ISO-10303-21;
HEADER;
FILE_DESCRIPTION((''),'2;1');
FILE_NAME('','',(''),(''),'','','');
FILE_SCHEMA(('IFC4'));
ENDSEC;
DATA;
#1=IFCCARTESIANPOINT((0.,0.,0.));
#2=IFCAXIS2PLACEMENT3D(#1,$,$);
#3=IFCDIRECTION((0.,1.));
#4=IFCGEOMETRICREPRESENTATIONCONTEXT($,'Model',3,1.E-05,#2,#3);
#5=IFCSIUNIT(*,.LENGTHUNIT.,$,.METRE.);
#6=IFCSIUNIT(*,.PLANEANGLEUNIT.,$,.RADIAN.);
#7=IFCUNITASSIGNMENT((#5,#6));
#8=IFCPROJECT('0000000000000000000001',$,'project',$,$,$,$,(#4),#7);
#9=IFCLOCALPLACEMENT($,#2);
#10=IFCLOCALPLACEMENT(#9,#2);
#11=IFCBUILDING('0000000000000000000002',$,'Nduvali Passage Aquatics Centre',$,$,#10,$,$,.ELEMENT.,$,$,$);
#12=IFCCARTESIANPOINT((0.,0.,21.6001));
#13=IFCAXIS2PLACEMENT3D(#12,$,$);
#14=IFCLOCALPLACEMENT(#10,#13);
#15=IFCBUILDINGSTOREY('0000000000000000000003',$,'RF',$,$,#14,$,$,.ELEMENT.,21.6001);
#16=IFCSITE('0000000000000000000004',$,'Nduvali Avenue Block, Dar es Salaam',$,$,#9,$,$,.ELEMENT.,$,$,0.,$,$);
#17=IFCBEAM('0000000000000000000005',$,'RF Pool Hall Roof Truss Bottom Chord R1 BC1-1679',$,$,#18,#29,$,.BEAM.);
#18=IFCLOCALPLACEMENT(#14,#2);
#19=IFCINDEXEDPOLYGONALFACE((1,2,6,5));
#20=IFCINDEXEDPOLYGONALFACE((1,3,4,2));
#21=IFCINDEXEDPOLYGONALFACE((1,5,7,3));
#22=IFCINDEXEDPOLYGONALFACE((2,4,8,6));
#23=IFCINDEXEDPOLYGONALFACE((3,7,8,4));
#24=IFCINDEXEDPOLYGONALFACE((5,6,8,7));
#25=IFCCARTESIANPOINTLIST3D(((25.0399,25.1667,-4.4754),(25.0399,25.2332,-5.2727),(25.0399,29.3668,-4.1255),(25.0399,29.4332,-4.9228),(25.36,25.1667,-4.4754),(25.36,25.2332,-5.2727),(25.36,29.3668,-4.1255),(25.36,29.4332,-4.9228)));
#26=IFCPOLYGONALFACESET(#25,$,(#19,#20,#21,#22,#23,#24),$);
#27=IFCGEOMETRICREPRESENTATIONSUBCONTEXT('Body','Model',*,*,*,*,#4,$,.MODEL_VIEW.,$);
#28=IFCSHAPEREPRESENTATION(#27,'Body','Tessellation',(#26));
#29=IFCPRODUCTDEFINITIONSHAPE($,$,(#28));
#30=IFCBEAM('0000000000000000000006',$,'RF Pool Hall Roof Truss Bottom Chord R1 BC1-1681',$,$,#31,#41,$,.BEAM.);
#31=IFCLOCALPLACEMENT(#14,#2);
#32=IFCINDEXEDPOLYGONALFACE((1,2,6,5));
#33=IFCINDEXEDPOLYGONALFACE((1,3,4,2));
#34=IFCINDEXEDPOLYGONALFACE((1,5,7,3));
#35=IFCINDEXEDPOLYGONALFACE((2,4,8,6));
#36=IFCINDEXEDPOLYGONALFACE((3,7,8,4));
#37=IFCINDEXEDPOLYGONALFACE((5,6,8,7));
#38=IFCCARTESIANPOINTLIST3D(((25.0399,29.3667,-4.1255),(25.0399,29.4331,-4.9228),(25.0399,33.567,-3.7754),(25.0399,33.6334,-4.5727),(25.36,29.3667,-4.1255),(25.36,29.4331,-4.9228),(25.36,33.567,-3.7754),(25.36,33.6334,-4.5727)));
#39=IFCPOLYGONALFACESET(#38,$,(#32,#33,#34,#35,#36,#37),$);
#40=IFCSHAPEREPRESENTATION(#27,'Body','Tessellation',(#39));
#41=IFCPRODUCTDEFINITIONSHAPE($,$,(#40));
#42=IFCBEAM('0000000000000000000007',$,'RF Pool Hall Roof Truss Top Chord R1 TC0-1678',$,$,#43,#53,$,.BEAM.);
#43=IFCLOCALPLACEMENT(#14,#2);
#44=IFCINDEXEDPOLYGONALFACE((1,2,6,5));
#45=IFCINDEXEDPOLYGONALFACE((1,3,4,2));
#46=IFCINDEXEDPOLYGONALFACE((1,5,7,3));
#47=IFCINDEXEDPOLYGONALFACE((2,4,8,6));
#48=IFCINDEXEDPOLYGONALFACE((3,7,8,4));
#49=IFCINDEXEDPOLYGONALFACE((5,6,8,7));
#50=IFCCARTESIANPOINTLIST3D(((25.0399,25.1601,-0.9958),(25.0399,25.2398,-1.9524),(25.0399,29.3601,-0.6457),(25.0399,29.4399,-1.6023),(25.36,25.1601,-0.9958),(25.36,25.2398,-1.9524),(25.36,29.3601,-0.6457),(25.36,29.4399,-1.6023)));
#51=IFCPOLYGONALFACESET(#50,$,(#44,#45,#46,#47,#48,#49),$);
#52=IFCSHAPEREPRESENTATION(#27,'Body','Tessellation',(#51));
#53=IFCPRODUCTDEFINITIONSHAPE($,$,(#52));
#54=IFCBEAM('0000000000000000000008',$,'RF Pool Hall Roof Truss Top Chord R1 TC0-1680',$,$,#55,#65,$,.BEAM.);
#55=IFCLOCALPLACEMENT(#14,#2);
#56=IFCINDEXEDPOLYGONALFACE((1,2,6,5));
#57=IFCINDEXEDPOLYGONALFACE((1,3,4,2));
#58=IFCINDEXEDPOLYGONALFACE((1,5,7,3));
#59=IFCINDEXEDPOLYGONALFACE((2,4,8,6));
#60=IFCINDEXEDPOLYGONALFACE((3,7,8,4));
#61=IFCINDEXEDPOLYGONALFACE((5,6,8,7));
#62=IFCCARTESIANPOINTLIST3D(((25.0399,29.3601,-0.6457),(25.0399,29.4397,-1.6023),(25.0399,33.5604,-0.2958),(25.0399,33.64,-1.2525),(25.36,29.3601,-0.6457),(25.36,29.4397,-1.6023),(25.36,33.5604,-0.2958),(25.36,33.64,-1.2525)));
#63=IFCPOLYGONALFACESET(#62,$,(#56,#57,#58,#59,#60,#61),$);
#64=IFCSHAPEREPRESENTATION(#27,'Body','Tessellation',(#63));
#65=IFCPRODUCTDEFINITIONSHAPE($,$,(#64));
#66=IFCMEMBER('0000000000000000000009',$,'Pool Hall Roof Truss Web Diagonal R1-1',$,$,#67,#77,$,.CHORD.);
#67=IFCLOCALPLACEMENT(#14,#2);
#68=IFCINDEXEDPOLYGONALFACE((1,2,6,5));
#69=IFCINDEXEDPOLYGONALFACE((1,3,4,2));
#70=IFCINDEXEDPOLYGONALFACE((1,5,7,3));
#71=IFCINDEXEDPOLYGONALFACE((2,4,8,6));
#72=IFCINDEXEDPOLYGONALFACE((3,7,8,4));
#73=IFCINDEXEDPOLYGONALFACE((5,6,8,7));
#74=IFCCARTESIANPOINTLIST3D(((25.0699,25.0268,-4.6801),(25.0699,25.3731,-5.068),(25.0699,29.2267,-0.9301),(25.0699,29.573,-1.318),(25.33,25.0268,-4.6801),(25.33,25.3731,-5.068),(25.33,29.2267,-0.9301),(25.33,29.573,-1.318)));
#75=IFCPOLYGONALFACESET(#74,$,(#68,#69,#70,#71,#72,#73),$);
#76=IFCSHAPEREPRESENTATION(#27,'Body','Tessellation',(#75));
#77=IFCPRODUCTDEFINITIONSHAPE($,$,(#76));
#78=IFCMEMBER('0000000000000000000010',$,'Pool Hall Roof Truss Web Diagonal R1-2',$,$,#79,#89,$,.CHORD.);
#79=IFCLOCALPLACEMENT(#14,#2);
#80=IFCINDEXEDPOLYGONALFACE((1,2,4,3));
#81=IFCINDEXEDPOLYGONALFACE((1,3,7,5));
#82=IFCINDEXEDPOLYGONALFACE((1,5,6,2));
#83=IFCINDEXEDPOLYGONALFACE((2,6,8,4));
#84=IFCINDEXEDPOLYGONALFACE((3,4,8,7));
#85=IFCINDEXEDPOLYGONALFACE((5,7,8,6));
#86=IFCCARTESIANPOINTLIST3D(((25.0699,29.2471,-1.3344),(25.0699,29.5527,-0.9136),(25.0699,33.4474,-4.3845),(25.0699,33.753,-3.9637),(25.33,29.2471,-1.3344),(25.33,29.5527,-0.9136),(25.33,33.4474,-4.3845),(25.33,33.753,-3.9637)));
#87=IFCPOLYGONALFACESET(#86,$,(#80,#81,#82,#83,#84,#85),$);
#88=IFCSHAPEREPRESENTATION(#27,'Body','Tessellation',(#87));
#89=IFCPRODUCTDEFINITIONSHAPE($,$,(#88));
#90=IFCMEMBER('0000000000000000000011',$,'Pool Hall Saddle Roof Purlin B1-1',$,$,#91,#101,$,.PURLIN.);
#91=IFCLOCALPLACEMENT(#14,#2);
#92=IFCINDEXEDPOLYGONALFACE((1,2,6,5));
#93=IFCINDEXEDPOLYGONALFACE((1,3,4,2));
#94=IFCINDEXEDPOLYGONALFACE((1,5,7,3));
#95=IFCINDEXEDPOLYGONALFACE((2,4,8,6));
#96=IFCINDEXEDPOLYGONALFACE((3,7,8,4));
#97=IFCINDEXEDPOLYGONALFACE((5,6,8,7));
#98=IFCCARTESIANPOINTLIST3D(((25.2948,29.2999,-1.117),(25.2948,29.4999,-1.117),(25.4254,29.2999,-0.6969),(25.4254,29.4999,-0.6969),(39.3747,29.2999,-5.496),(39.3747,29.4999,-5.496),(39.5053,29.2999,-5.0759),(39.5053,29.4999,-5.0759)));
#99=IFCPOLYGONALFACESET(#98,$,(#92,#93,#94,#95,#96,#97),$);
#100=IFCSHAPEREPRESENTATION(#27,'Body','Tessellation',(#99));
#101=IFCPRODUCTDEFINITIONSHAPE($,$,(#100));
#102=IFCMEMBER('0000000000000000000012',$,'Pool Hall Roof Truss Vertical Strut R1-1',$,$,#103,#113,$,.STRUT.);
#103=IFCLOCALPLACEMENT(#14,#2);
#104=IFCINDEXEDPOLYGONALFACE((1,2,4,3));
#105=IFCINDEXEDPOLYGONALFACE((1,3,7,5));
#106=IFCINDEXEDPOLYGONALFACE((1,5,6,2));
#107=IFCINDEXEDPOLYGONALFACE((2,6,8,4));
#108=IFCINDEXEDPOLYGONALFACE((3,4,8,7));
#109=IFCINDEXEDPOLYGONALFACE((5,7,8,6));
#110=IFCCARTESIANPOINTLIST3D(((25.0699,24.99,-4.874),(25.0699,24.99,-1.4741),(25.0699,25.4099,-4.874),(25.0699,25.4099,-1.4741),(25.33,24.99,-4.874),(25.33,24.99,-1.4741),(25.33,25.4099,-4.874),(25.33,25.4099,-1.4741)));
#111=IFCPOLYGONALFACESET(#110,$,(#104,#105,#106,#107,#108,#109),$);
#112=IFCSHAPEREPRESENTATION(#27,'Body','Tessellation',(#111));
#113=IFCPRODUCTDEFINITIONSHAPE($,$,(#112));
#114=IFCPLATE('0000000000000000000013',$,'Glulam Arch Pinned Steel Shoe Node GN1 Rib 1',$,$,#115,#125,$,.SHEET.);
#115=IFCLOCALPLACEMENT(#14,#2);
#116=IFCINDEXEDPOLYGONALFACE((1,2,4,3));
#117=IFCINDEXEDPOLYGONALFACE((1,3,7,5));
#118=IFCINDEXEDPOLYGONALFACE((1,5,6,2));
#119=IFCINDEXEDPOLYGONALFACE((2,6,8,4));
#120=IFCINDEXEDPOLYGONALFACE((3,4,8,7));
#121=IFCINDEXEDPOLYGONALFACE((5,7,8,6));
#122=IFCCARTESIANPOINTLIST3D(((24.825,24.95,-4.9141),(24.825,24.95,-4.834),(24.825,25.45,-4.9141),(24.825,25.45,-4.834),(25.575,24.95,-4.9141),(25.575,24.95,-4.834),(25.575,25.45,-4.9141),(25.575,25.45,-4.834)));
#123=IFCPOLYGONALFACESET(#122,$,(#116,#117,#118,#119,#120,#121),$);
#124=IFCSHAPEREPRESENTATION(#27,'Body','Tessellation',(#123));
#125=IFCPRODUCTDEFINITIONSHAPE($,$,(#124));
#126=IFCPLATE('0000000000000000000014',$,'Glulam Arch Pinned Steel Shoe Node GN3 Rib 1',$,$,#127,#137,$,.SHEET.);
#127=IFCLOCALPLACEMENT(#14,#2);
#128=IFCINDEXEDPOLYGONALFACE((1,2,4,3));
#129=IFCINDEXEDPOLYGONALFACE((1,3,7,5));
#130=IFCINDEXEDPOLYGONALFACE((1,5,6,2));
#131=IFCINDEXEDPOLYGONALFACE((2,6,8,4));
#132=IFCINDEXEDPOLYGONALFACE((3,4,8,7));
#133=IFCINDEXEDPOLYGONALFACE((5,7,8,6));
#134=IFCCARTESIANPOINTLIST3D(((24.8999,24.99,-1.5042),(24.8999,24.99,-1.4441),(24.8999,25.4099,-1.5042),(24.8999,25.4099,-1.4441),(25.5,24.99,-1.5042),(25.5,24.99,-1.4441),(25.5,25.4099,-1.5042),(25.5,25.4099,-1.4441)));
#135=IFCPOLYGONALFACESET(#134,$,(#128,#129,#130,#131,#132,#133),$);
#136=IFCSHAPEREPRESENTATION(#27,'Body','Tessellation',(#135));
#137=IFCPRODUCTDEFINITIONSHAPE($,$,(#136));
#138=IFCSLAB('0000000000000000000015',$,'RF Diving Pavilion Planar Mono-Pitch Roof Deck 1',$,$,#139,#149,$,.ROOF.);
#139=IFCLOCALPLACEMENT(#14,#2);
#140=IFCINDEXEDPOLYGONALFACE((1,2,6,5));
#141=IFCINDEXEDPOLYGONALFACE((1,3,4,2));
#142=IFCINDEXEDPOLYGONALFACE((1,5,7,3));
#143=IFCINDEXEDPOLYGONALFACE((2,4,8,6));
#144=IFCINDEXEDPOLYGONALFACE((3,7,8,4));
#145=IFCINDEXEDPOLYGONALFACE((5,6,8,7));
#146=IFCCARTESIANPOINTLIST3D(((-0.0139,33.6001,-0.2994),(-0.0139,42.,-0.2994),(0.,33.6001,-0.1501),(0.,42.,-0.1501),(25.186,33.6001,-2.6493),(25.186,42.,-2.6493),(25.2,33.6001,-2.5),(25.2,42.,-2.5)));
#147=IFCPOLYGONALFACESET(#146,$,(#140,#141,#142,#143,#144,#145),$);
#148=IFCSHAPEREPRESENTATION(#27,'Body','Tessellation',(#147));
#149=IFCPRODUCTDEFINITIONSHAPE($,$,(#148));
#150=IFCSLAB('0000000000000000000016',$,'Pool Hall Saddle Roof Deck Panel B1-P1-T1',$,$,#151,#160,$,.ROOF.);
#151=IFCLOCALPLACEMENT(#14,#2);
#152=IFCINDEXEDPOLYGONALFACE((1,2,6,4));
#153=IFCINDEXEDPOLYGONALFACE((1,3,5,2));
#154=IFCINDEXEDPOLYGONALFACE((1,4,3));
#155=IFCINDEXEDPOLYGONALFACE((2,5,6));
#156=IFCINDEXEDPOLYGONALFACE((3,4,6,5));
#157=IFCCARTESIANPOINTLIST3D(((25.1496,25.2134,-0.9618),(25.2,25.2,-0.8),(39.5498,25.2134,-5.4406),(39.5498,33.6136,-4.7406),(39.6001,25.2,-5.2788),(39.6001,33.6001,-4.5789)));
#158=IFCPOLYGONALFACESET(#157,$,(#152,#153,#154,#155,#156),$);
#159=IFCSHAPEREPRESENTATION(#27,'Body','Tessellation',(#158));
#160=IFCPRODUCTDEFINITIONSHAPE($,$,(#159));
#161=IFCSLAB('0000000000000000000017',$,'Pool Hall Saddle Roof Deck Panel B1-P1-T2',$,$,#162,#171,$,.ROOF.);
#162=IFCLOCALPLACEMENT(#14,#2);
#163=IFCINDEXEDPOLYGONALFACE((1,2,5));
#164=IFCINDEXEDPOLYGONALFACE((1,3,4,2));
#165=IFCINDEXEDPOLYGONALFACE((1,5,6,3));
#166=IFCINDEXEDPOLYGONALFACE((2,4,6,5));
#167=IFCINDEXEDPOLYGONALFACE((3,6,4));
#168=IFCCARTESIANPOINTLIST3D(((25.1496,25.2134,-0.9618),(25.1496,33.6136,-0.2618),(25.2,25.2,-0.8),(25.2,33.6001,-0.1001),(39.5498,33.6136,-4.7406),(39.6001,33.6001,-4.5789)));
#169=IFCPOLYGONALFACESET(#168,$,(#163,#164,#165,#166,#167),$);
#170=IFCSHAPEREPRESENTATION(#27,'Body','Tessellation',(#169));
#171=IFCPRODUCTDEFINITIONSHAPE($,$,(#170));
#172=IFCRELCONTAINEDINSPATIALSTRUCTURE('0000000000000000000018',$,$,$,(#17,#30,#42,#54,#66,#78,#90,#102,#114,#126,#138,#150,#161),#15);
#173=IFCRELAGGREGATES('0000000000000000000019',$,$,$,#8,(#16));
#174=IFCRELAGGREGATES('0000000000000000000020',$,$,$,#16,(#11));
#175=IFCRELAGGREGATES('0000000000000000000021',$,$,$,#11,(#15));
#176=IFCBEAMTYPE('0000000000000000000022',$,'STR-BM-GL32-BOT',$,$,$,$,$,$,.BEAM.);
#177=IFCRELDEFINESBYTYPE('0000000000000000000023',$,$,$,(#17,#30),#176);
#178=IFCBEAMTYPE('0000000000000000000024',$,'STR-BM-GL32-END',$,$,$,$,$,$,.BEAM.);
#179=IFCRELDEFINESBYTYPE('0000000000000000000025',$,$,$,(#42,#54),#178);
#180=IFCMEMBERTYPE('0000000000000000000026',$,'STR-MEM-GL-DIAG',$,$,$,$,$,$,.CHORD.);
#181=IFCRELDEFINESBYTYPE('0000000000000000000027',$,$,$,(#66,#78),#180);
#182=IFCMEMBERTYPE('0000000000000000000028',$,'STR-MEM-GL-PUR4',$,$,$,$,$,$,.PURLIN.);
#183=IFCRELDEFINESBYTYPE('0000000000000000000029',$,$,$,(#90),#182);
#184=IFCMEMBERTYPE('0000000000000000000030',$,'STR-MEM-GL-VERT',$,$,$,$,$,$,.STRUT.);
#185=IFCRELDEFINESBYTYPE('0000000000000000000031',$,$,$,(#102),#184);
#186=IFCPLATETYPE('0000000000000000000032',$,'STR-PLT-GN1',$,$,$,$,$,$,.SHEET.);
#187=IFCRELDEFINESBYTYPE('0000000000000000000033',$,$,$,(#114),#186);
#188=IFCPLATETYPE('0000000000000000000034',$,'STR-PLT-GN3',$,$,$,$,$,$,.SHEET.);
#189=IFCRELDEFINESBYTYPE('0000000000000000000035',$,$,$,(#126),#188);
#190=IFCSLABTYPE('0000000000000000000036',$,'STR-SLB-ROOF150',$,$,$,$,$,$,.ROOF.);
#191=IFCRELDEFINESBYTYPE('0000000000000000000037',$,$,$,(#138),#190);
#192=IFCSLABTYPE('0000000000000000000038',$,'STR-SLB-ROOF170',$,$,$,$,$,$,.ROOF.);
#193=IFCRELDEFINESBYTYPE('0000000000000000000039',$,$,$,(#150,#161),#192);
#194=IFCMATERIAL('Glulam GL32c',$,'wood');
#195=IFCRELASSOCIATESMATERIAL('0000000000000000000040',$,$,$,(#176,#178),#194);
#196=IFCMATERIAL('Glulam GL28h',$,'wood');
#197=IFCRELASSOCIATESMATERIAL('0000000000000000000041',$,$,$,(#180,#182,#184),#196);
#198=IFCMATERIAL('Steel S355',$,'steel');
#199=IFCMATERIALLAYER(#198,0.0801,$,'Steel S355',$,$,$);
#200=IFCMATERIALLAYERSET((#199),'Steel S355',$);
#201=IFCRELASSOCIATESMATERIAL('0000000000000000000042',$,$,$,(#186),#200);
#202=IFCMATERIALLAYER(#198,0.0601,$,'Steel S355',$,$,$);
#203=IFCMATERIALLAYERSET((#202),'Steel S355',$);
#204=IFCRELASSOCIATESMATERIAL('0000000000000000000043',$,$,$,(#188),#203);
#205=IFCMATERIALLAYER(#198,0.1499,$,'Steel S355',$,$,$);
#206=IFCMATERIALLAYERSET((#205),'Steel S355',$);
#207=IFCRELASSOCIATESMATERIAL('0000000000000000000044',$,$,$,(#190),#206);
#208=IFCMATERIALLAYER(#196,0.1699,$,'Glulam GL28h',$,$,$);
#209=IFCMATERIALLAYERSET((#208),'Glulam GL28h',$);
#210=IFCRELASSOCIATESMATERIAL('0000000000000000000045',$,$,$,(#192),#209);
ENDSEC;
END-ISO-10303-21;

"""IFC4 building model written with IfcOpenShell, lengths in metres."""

from ifc_helpers import new_model, si_unit, direction, frame, origin, origin_2d, place, context, subcontext, project, spatial, polyline, rectangle, outline, extrude, material, layer, layer_set, material_profile, profile_set, type_object, element, save


model = new_model("IFC4")

# Units and contexts
model_context = context("Model", 3, precision=1e-05, world=origin(), true_north=direction((0.0, 1.0)))
body_context = subcontext(model_context, "Body", "Model", "MODEL_VIEW")
ifc_project = project(units=[si_unit("LENGTHUNIT", "METRE"), si_unit("PLANEANGLEUNIT", "RADIAN")], contexts=[model_context])

# Site, building, storey
site_placement = place(None, origin())
site = spatial("IfcSite", under=ifc_project, at=site_placement, Name="Nduvali Avenue Block, Dar es Salaam", CompositionType="ELEMENT", RefElevation=0.0)
building_placement = place(site_placement, origin())
building = spatial("IfcBuilding", under=site, at=building_placement, Name="Nduvali Passage Aquatics Centre", CompositionType="ELEMENT")
storey_placement = place(building_placement, frame((0.0, 0.0, 21.6001)))
storey = spatial("IfcBuildingStorey", under=building, at=storey_placement, Name="RF", CompositionType="ELEMENT", Elevation=21.6001)

# Beams
ifc_material_1 = material(Name="Glulam GL32c", Category="wood")
ifc_material_profile_1 = material_profile(ifc_material_1, rectangle(XDim=0.3201, YDim=0.8, at=origin_2d()), Name="GL32c 320x800")
ifc_profile_set_1 = profile_set([ifc_material_profile_1], Name="Glulam GL32c")
beam_type_1 = type_object("IfcBeamType", Name="STR-BM-GL32-BOT", PredefinedType="BEAM", material=ifc_profile_set_1)
beam_1_placement = place(storey_placement, frame((25.2, 25.2, -4.874), z_axis=(0.0, 0.996549, 0.083012), x_axis=(-1.0, 0.0, 0.0)))
element("IfcBeam", 1, at=beam_1_placement, inside=storey, type_object=beam_type_1, Name="RF Pool Hall Roof Truss Bottom Chord R1 BC1-1679", PredefinedType="BEAM", context=body_context, shape_type="SweptSolid", body=[
    extrude(rectangle(XDim=0.3201, YDim=0.8, at=origin_2d()), origin(), (0.0, 0.0, 1.0), 4.2146),
])
beam_2_placement = place(storey_placement, frame((25.2, 29.3999, -4.5242), z_axis=(0.0, 0.996544, 0.083065), x_axis=(-1.0, 0.0, 0.0)))
element("IfcBeam", 2, at=beam_2_placement, inside=storey, type_object=beam_type_1, Name="RF Pool Hall Roof Truss Bottom Chord R1 BC1-1681", PredefinedType="BEAM", context=body_context, shape_type="SweptSolid", body=[
    extrude(rectangle(XDim=0.3201, YDim=0.8, at=origin_2d()), origin(), (0.0, 0.0, 1.0), 4.2148),
])
ifc_material_profile_2 = material_profile(ifc_material_1, rectangle(XDim=0.3201, YDim=0.96, at=origin_2d()), Name="GL32c 320x960")
ifc_profile_set_2 = profile_set([ifc_material_profile_2], Name="Glulam GL32c")
beam_type_2 = type_object("IfcBeamType", Name="STR-BM-GL32-END", PredefinedType="BEAM", material=ifc_profile_set_2)
beam_3_placement = place(storey_placement, frame((25.2, 25.2, -1.4741), z_axis=(0.0, 0.996544, 0.083069), x_axis=(-1.0, 0.0, 0.0)))
element("IfcBeam", 3, at=beam_3_placement, inside=storey, type_object=beam_type_2, Name="RF Pool Hall Roof Truss Top Chord R1 TC0-1678", PredefinedType="BEAM", context=body_context, shape_type="SweptSolid", body=[
    extrude(rectangle(XDim=0.3201, YDim=0.96, at=origin_2d()), origin(), (0.0, 0.0, 1.0), 4.2146),
])
beam_4_placement = place(storey_placement, frame((25.2, 29.3999, -1.124), z_axis=(0.0, 0.996549, 0.083007), x_axis=(-1.0, 0.0, 0.0)))
element("IfcBeam", 4, at=beam_4_placement, inside=storey, type_object=beam_type_2, Name="RF Pool Hall Roof Truss Top Chord R1 TC0-1680", PredefinedType="BEAM", context=body_context, shape_type="SweptSolid", body=[
    extrude(rectangle(XDim=0.3201, YDim=0.96, at=origin_2d()), origin(), (0.0, 0.0, 1.0), 4.2148),
])

# Members
ifc_material_2 = material(Name="Glulam GL28h", Category="wood")
ifc_material_profile_3 = material_profile(ifc_material_2, rectangle(XDim=0.26, YDim=0.52, at=origin_2d()), Name="GL28h 260x520")
ifc_profile_set_3 = profile_set([ifc_material_profile_3], Name="Glulam GL28h")
member_type_1 = type_object("IfcMemberType", Name="STR-MEM-GL-DIAG", PredefinedType="CHORD", material=ifc_profile_set_3)
member_1_placement = place(storey_placement, frame((25.2, 25.2, -4.874), z_axis=(0.0, 0.745934, 0.66602), x_axis=(-1.0, 0.0, 0.0)))
element("IfcMember", 5, at=member_1_placement, inside=storey, type_object=member_type_1, Name="Pool Hall Roof Truss Web Diagonal R1-1", PredefinedType="CHORD", context=body_context, shape_type="SweptSolid", body=[
    extrude(rectangle(XDim=0.26, YDim=0.52, at=origin_2d()), origin(), (0.0, 0.0, 1.0), 5.6304),
])
member_2_placement = place(storey_placement, frame((25.2, 29.3999, -1.124), z_axis=(0.0, 0.809161, -0.587587), x_axis=(-1.0, 0.0, 0.0)))
element("IfcMember", 6, at=member_2_placement, inside=storey, type_object=member_type_1, Name="Pool Hall Roof Truss Web Diagonal R1-2", PredefinedType="CHORD", context=body_context, shape_type="SweptSolid", body=[
    extrude(rectangle(XDim=0.26, YDim=0.52, at=origin_2d()), origin(), (0.0, 0.0, 1.0), 5.1909),
])
ifc_material_profile_4 = material_profile(ifc_material_2, rectangle(XDim=0.2, YDim=0.4399, at=origin_2d()), Name="GL28h 200x440")
ifc_profile_set_4 = profile_set([ifc_material_profile_4], Name="Glulam GL28h")
member_type_2 = type_object("IfcMemberType", Name="STR-MEM-GL-PUR4", PredefinedType="PURLIN", material=ifc_profile_set_4)
member_3_placement = place(storey_placement, frame((25.3601, 29.3999, -0.907), z_axis=(0.954885, 0.0, -0.296975), x_axis=(0.0, 1.0, 0.0)))
element("IfcMember", 7, at=member_3_placement, inside=storey, type_object=member_type_2, Name="Pool Hall Saddle Roof Purlin B1-1", PredefinedType="PURLIN", context=body_context, shape_type="SweptSolid", body=[
    extrude(rectangle(XDim=0.2, YDim=0.4399, at=origin_2d()), origin(), (0.0, 0.0, 1.0), 14.7451),
])
ifc_material_profile_5 = material_profile(ifc_material_2, rectangle(XDim=0.26, YDim=0.4199, at=origin_2d()), Name="GL28h 260x420")
ifc_profile_set_5 = profile_set([ifc_material_profile_5], Name="Glulam GL28h")
member_type_3 = type_object("IfcMemberType", Name="STR-MEM-GL-VERT", PredefinedType="STRUT", material=ifc_profile_set_5)
member_4_placement = place(storey_placement, frame((25.2, 25.2, -4.874), z_axis=(0.0, 0.0, 1.0), x_axis=(1.0, 0.0, 0.0)))
element("IfcMember", 8, at=member_4_placement, inside=storey, type_object=member_type_3, Name="Pool Hall Roof Truss Vertical Strut R1-1", PredefinedType="STRUT", context=body_context, shape_type="SweptSolid", body=[
    extrude(rectangle(XDim=0.26, YDim=0.4199, at=origin_2d()), origin(), (0.0, 0.0, 1.0), 3.3999),
])

# Plates
ifc_material_3 = material(Name="Steel S355", Category="steel")
ifc_layer_1 = layer(ifc_material_3, 0.0801, Name="Steel S355")
ifc_layer_set_1 = layer_set([ifc_layer_1], Name="Steel S355")
plate_type_1 = type_object("IfcPlateType", Name="STR-PLT-GN1", PredefinedType="SHEET", material=ifc_layer_set_1)
plate_1_placement = place(storey_placement, frame((25.2, 25.2, -4.9141), z_axis=(0.0, 0.0, 1.0), x_axis=(1.0, 0.0, 0.0)))
element("IfcPlate", 9, at=plate_1_placement, inside=storey, type_object=plate_type_1, Name="Glulam Arch Pinned Steel Shoe Node GN1 Rib 1", PredefinedType="SHEET", context=body_context, shape_type="SweptSolid", body=[
    extrude(rectangle(XDim=0.75, YDim=0.5, at=origin_2d()), origin(), (0.0, 0.0, 1.0), 0.0801),
])
ifc_layer_2 = layer(ifc_material_3, 0.0601, Name="Steel S355")
ifc_layer_set_2 = layer_set([ifc_layer_2], Name="Steel S355")
plate_type_2 = type_object("IfcPlateType", Name="STR-PLT-GN3", PredefinedType="SHEET", material=ifc_layer_set_2)
plate_2_placement = place(storey_placement, frame((25.2, 25.2, -1.5042), z_axis=(0.0, 0.0, 1.0), x_axis=(1.0, 0.0, 0.0)))
element("IfcPlate", 10, at=plate_2_placement, inside=storey, type_object=plate_type_2, Name="Glulam Arch Pinned Steel Shoe Node GN3 Rib 1", PredefinedType="SHEET", context=body_context, shape_type="SweptSolid", body=[
    extrude(rectangle(XDim=0.6001, YDim=0.4199, at=origin_2d()), origin(), (0.0, 0.0, 1.0), 0.0601),
])

# Slabs
ifc_layer_3 = layer(ifc_material_3, 0.1499, Name="Steel S355")
ifc_layer_set_3 = layer_set([ifc_layer_3], Name="Steel S355")
slab_type_1 = type_object("IfcSlabType", Name="STR-SLB-ROOF150", PredefinedType="ROOF", material=ifc_layer_set_3)
slab_1_placement = place(storey_placement, frame((0.0, 33.6001, -0.1501), z_axis=(0.092846, 0.0, 0.995681), x_axis=(0.995681, 0.0, -0.092846)))
element("IfcSlab", 11, at=slab_1_placement, inside=storey, type_object=slab_type_1, Name="RF Diving Pavilion Planar Mono-Pitch Roof Deck 1", PredefinedType="ROOF", context=body_context, shape_type="SweptSolid", body=[
    extrude(outline(polyline([(0.0, 0.0), (25.3093, 0.0), (25.3093, 8.3999), (0.0, 8.3999), (0.0, 0.0)])), origin(), (0.0, 0.0, -1.0), 0.1499),
])
ifc_layer_4 = layer(ifc_material_2, 0.1699, Name="Glulam GL28h")
ifc_layer_set_4 = layer_set([ifc_layer_4], Name="Glulam GL28h")
slab_type_2 = type_object("IfcSlabType", Name="STR-SLB-ROOF170", PredefinedType="ROOF", material=ifc_layer_set_4)
slab_2_placement = place(storey_placement, frame((25.2, 25.2, -0.8), z_axis=(0.296053, -0.079316, 0.951873), x_axis=(0.954881, 0.0, -0.296989)))
element("IfcSlab", 12, at=slab_2_placement, inside=storey, type_object=slab_type_2, Name="Pool Hall Saddle Roof Deck Panel B1-P1-T1", PredefinedType="ROOF", context=body_context, shape_type="SweptSolid", body=[
    extrude(outline(polyline([(0.0, 0.0), (15.0806, 0.0), (14.8727, 8.4267), (0.0, 0.0)])), origin(), (0.0, 0.0, -1.0), 0.1699),
])
slab_3_placement = place(storey_placement, frame((25.2, 25.2, -0.8), z_axis=(0.296053, -0.079316, 0.951873), x_axis=(0.842408, 0.491408, -0.22106)))
element("IfcSlab", 13, at=slab_3_placement, inside=storey, type_object=slab_type_2, Name="Pool Hall Saddle Roof Deck Panel B1-P1-T2", PredefinedType="ROOF", context=body_context, shape_type="SweptSolid", body=[
    extrude(outline(polyline([(0.0, 0.0), (17.094, 0.0), (3.9732, 7.4341), (0.0, 0.0)])), origin(), (0.0, 0.0, -1.0), 0.1699),
])

save(model, "model.ifc")
